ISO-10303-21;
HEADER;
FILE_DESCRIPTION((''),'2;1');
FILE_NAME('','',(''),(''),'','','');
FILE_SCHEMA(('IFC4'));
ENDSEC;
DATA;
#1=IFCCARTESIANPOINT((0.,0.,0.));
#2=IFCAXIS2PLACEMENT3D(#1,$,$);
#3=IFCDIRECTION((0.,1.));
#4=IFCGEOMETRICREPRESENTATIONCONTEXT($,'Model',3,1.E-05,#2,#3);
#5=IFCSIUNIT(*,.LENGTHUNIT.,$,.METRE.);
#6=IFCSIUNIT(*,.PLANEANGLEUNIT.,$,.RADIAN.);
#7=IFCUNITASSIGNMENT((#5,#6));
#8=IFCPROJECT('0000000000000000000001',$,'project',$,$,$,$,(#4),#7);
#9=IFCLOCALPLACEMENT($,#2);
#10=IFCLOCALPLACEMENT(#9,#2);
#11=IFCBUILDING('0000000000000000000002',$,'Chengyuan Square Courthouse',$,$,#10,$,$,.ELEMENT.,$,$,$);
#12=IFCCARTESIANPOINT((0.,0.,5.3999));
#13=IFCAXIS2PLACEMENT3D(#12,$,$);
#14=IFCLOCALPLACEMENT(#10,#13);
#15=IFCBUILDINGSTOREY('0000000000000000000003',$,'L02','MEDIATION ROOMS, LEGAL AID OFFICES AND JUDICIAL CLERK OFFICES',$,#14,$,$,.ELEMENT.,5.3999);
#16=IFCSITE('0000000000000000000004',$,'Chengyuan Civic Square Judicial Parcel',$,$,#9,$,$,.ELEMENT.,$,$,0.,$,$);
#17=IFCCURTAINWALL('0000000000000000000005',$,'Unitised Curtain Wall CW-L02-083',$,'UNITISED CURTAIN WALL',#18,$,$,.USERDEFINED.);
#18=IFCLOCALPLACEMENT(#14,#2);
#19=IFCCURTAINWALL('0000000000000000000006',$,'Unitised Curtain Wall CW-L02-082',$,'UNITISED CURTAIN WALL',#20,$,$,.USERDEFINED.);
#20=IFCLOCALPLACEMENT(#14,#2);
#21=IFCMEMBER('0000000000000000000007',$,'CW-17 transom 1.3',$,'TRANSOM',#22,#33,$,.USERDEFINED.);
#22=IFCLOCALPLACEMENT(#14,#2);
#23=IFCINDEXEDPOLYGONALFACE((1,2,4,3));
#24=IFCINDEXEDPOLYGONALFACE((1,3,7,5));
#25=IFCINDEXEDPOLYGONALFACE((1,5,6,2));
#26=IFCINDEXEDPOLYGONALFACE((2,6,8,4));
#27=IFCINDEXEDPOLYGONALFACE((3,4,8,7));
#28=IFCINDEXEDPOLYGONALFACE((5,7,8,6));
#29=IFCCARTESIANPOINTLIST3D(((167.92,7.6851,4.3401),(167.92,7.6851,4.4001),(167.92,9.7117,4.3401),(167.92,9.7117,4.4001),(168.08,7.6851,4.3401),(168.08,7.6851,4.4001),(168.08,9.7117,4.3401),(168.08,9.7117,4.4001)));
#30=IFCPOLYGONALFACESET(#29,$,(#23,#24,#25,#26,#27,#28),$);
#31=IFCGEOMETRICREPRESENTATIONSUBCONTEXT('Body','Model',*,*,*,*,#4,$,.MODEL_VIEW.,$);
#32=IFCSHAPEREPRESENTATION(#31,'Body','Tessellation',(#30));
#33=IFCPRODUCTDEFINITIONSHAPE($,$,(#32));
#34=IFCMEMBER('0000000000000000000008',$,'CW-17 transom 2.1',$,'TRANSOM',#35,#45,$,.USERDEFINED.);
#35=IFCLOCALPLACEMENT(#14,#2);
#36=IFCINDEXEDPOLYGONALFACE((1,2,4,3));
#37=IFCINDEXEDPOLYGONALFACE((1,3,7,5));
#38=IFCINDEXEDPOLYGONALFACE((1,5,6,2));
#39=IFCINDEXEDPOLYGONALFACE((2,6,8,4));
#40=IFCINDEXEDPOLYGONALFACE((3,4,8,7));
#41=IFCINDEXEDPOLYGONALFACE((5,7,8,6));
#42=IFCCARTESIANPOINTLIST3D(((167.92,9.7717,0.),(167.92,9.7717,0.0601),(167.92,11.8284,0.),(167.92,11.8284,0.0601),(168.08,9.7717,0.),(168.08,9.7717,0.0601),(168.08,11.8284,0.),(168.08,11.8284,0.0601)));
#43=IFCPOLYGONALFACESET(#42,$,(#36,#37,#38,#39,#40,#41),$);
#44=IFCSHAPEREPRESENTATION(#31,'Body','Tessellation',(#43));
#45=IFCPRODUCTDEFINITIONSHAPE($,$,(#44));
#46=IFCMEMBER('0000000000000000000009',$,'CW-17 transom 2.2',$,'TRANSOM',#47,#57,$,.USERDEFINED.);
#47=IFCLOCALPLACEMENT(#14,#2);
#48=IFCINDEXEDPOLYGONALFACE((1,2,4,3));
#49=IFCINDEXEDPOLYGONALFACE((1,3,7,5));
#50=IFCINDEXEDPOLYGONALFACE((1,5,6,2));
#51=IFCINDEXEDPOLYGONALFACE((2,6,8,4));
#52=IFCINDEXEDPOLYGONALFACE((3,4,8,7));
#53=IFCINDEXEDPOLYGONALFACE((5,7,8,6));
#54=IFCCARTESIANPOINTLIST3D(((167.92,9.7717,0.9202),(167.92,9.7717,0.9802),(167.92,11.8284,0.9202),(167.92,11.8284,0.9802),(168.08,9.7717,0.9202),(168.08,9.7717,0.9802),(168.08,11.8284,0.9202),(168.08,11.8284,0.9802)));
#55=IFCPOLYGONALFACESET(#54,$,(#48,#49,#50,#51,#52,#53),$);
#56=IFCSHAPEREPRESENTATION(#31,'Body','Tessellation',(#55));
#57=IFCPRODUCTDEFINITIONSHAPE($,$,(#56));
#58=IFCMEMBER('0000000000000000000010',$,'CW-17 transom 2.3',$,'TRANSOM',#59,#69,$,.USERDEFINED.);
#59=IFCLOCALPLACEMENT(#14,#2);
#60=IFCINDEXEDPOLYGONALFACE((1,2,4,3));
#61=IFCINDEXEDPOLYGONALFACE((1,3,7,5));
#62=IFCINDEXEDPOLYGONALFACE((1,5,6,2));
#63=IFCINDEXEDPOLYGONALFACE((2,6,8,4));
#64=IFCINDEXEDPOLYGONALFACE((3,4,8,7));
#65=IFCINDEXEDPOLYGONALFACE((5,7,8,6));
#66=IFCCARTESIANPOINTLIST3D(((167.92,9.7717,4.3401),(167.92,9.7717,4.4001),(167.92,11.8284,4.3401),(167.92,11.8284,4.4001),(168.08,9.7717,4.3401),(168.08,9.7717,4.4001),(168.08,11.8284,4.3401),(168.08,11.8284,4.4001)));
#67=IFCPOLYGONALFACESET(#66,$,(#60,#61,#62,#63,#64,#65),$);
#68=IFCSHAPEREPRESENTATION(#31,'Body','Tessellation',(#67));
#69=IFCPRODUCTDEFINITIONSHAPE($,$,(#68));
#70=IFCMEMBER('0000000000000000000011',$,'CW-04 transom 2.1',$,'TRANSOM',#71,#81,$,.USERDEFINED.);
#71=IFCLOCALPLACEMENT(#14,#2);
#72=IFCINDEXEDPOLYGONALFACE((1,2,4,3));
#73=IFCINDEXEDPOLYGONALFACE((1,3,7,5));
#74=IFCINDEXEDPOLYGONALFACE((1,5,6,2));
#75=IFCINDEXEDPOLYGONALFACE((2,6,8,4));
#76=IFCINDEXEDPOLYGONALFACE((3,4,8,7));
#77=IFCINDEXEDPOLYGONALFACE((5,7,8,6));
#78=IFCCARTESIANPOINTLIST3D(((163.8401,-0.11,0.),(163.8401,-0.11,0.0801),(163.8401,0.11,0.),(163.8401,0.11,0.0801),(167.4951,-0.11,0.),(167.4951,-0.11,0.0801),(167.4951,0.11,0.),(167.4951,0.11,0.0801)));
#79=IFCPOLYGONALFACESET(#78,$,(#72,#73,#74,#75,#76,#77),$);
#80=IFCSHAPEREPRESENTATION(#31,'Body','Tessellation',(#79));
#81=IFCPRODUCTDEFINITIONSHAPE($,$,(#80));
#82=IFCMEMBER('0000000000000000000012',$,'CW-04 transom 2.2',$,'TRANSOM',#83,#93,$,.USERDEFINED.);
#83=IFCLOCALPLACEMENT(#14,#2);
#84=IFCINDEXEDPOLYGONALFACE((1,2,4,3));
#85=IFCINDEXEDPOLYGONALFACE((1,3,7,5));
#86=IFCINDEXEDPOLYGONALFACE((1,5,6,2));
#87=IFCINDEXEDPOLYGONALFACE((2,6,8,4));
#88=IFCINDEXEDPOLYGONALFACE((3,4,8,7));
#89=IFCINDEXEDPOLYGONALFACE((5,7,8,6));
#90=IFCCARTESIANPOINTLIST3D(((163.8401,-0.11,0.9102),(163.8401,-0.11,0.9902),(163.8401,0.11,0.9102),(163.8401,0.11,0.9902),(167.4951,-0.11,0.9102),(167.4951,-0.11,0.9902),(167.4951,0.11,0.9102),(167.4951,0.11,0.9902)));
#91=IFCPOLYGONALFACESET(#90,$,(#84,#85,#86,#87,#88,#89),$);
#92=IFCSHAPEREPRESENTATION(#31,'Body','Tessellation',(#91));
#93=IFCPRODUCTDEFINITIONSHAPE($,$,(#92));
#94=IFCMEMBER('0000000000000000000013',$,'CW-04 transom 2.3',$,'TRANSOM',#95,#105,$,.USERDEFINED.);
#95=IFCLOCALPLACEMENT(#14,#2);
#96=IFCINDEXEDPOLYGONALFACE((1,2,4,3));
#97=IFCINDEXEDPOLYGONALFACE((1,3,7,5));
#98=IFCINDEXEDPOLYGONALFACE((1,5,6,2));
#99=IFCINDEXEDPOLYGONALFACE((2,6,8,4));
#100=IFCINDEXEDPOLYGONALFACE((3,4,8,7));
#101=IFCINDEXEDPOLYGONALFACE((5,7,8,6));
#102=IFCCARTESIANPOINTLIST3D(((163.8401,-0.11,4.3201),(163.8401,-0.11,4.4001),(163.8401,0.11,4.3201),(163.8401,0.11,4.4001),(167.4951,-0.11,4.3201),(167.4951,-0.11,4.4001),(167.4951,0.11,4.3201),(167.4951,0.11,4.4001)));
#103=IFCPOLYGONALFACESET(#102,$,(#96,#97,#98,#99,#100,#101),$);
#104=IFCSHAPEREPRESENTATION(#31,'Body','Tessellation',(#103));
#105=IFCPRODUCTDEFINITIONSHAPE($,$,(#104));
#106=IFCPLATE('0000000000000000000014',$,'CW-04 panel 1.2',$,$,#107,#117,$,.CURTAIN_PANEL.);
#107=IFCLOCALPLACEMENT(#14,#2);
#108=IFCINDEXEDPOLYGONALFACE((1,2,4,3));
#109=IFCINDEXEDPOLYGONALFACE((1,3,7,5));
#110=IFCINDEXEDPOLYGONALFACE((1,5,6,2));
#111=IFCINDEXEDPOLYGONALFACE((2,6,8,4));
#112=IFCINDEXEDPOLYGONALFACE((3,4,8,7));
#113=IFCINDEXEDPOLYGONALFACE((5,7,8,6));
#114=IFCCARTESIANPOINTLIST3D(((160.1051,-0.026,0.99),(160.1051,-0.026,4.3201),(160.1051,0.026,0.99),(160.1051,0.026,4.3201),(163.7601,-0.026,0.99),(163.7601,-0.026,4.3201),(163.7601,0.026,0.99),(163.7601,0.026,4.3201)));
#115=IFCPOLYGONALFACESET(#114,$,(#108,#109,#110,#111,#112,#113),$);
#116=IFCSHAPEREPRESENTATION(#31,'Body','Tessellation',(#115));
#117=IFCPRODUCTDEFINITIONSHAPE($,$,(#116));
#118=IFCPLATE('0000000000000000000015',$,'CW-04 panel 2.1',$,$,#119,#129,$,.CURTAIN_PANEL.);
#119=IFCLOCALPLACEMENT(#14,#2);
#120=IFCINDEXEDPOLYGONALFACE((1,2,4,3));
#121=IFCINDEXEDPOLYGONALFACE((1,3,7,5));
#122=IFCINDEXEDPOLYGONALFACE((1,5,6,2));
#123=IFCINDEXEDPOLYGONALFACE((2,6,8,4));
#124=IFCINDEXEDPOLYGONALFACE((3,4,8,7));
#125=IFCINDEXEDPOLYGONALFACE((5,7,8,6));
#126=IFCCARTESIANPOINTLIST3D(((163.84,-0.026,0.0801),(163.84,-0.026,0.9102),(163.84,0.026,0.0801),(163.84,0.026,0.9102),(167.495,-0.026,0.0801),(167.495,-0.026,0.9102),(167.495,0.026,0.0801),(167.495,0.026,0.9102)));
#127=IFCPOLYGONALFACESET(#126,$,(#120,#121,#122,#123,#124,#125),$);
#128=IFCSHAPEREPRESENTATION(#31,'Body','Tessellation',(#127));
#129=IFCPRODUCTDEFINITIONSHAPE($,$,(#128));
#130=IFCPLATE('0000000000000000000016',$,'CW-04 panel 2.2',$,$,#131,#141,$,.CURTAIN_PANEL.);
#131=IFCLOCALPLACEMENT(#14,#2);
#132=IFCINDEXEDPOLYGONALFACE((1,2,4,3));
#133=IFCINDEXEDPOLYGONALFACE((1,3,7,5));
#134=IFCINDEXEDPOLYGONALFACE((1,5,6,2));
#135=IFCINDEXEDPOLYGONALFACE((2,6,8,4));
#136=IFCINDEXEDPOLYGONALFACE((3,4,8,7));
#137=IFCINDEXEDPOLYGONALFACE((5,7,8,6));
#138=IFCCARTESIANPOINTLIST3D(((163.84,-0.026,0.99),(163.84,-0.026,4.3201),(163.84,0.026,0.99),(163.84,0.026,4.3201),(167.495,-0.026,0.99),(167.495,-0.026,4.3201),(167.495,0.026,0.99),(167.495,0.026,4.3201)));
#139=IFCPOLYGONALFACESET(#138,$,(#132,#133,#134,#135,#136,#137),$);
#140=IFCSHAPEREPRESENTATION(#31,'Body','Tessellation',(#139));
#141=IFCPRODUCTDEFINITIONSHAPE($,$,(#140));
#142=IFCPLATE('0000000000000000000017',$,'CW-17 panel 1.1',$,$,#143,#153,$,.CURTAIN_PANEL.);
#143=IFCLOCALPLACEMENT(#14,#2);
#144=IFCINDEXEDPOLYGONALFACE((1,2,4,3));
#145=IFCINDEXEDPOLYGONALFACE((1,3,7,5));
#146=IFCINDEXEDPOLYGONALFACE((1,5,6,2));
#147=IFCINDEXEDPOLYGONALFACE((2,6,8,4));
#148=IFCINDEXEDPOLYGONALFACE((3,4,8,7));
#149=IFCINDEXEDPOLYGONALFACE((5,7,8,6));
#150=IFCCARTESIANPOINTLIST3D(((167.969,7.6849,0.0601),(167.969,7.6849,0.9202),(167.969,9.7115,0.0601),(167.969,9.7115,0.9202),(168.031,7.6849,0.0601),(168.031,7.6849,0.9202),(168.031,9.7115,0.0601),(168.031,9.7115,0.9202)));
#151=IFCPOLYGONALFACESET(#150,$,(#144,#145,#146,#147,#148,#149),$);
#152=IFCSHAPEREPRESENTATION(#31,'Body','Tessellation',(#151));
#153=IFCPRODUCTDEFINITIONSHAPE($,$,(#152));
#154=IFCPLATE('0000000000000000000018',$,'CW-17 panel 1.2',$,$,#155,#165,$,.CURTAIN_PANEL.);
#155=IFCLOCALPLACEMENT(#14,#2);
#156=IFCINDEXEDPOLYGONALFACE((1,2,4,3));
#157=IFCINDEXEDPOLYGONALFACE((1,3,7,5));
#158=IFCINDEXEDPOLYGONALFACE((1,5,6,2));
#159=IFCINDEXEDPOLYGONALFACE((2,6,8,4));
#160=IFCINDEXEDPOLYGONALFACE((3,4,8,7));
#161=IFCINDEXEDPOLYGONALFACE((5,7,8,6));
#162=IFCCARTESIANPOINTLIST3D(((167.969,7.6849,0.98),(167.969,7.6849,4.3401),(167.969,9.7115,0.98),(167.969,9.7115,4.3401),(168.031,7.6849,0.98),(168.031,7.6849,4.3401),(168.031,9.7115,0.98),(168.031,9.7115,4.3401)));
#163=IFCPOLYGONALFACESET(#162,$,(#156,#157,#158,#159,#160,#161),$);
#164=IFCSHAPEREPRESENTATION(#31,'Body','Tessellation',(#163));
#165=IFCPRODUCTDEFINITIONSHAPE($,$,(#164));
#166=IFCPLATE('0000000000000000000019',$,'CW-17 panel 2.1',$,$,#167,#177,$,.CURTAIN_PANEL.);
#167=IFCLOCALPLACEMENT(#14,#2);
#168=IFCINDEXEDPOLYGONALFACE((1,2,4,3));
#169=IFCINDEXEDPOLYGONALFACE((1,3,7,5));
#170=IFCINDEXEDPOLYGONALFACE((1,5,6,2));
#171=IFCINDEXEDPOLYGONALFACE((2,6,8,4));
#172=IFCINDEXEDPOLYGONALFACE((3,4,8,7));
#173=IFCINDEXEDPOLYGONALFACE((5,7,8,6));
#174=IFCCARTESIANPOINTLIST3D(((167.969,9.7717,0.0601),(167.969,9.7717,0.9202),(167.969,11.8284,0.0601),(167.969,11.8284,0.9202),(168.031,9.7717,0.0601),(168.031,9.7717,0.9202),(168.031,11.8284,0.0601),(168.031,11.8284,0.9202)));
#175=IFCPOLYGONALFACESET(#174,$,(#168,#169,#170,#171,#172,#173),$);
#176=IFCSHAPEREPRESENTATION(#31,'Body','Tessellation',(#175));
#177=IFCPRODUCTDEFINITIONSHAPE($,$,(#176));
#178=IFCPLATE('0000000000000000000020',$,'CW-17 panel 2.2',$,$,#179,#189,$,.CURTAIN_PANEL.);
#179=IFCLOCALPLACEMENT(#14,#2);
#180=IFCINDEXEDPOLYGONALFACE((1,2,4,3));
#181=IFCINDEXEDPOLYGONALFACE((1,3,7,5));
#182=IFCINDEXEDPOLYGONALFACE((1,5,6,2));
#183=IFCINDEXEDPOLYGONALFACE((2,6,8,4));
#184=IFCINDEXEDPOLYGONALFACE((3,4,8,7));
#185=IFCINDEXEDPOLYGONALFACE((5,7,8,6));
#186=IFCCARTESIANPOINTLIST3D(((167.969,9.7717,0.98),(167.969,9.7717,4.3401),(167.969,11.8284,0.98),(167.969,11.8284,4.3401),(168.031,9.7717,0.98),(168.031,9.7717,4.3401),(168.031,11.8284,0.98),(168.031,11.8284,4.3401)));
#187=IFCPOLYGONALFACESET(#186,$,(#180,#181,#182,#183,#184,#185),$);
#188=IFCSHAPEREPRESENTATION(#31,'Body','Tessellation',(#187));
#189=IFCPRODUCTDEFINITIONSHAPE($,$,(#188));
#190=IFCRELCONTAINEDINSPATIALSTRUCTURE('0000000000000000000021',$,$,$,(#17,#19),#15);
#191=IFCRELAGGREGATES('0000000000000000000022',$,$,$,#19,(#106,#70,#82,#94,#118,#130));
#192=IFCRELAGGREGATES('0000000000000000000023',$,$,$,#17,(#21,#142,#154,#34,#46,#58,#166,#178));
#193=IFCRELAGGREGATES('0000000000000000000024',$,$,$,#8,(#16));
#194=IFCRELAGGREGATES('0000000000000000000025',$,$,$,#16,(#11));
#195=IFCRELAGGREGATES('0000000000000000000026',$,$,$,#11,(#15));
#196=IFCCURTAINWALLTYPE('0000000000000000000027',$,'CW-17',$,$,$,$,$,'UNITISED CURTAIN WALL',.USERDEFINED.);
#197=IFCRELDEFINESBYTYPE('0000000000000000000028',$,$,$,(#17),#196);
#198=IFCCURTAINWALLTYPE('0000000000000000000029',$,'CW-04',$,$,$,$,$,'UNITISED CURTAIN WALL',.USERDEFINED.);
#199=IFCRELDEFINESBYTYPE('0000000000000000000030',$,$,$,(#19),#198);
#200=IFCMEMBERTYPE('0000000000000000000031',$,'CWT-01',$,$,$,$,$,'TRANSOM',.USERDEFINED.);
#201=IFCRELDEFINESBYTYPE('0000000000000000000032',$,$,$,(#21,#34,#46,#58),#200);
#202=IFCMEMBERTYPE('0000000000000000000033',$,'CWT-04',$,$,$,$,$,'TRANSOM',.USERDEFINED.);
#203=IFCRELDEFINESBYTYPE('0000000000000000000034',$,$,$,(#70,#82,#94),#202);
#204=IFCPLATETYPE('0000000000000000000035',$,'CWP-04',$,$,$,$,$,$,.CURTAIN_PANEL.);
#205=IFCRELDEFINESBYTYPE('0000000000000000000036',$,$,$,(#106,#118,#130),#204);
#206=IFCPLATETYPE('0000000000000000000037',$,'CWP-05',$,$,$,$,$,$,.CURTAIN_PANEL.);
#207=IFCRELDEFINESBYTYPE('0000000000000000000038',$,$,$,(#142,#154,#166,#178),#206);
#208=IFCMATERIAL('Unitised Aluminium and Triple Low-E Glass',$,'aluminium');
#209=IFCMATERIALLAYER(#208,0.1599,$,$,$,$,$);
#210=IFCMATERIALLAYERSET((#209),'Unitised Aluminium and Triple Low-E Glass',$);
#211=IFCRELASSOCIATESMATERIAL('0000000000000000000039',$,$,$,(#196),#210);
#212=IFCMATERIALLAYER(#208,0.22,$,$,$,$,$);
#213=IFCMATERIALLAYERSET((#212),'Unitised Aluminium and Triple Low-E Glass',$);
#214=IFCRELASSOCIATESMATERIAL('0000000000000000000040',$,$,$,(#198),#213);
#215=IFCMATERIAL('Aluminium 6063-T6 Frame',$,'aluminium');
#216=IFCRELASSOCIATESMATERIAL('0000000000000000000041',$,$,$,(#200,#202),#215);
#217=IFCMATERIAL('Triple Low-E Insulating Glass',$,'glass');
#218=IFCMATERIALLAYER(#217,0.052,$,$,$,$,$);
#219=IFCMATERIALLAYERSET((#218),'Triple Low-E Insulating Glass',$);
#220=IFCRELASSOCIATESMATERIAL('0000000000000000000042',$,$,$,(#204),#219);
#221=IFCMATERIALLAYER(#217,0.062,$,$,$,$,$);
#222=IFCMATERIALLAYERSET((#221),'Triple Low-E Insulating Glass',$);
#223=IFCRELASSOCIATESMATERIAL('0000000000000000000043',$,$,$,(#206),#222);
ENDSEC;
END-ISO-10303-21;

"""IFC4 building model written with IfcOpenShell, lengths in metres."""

from ifc_helpers import new_model, si_unit, direction, frame, origin, origin_2d, place, context, subcontext, project, spatial, rectangle, extrude, material, layer, layer_set, material_profile, profile_set, type_object, element, aggregate, save


model = new_model("IFC4")

# Units and contexts
model_context = context("Model", 3, precision=1e-05, world=origin(), true_north=direction((0.0, 1.0)))
body_context = subcontext(model_context, "Body", "Model", "MODEL_VIEW")
ifc_project = project(units=[si_unit("LENGTHUNIT", "METRE"), si_unit("PLANEANGLEUNIT", "RADIAN")], contexts=[model_context])

# Site, building, storey
site_placement = place(None, origin())
site = spatial("IfcSite", under=ifc_project, at=site_placement, Name="Chengyuan Civic Square Judicial Parcel", CompositionType="ELEMENT", RefElevation=0.0)
building_placement = place(site_placement, origin())
building = spatial("IfcBuilding", under=site, at=building_placement, Name="Chengyuan Square Courthouse", CompositionType="ELEMENT")
storey_placement = place(building_placement, frame((0.0, 0.0, 5.3999)))
storey = spatial("IfcBuildingStorey", under=building, at=storey_placement, Name="L02", Description="MEDIATION ROOMS, LEGAL AID OFFICES AND JUDICIAL CLERK OFFICES", CompositionType="ELEMENT", Elevation=5.3999)

# Curtain walls
ifc_material_1 = material(Name="Unitised Aluminium and Triple Low-E Glass", Category="aluminium")
ifc_layer_1 = layer(ifc_material_1, 0.1599)
ifc_layer_set_1 = layer_set([ifc_layer_1], Name="Unitised Aluminium and Triple Low-E Glass")
curtain_wall_type_1 = type_object("IfcCurtainWallType", Name="CW-17", ElementType="UNITISED CURTAIN WALL", PredefinedType="USERDEFINED", material=ifc_layer_set_1)
curtain_wall_1_placement = place(storey_placement, origin())
curtain_wall_1 = element("IfcCurtainWall", 1, at=curtain_wall_1_placement, inside=storey, type_object=curtain_wall_type_1, Name="Unitised Curtain Wall CW-L02-083", ObjectType="UNITISED CURTAIN WALL", PredefinedType="USERDEFINED")
ifc_material_2 = material(Name="Aluminium 6063-T6 Frame", Category="aluminium")
ifc_layer_2 = layer(ifc_material_1, 0.22)
ifc_layer_set_2 = layer_set([ifc_layer_2], Name="Unitised Aluminium and Triple Low-E Glass")
curtain_wall_type_2 = type_object("IfcCurtainWallType", Name="CW-04", ElementType="UNITISED CURTAIN WALL", PredefinedType="USERDEFINED", material=ifc_layer_set_2)
curtain_wall_2_placement = place(storey_placement, origin())
curtain_wall_2 = element("IfcCurtainWall", 2, at=curtain_wall_2_placement, inside=storey, type_object=curtain_wall_type_2, Name="Unitised Curtain Wall CW-L02-082", ObjectType="UNITISED CURTAIN WALL", PredefinedType="USERDEFINED")

# Members
ifc_material_profile_1 = material_profile(ifc_material_2, rectangle(XDim=0.1599, YDim=0.0601, at=origin_2d()), Name="CW-TRN-60x120")
ifc_profile_set_1 = profile_set([ifc_material_profile_1], Name="Aluminium 6063-T6 Frame")
member_type_1 = type_object("IfcMemberType", Name="CWT-01", ElementType="TRANSOM", PredefinedType="USERDEFINED", material=ifc_profile_set_1)
member_1_placement = place(storey_placement, frame((168.0, 7.6851, 4.3701), z_axis=(0.0, 1.0, 0.0), x_axis=(-1.0, 0.0, 0.0)))
member_1 = element("IfcMember", 3, at=member_1_placement, type_object=member_type_1, Name="CW-17 transom 1.3", ObjectType="TRANSOM", PredefinedType="USERDEFINED", context=body_context, shape_type="SweptSolid", body=[
    extrude(rectangle(XDim=0.1599, YDim=0.0601, at=origin_2d()), origin(), (0.0, 0.0, 1.0), 2.0266),
])
member_2_placement = place(storey_placement, frame((168.0, 9.7717, 0.03), z_axis=(0.0, 1.0, 0.0), x_axis=(-1.0, 0.0, 0.0)))
member_2 = element("IfcMember", 4, at=member_2_placement, type_object=member_type_1, Name="CW-17 transom 2.1", ObjectType="TRANSOM", PredefinedType="USERDEFINED", context=body_context, shape_type="SweptSolid", body=[
    extrude(rectangle(XDim=0.1599, YDim=0.0601, at=origin_2d()), origin(), (0.0, 0.0, 1.0), 2.0566),
])
member_3_placement = place(storey_placement, frame((168.0, 9.7717, 0.9502), z_axis=(0.0, 1.0, 0.0), x_axis=(-1.0, 0.0, 0.0)))
member_3 = element("IfcMember", 5, at=member_3_placement, type_object=member_type_1, Name="CW-17 transom 2.2", ObjectType="TRANSOM", PredefinedType="USERDEFINED", context=body_context, shape_type="SweptSolid", body=[
    extrude(rectangle(XDim=0.1599, YDim=0.0601, at=origin_2d()), origin(), (0.0, 0.0, 1.0), 2.0566),
])
member_4_placement = place(storey_placement, frame((168.0, 9.7717, 4.3701), z_axis=(0.0, 1.0, 0.0), x_axis=(-1.0, 0.0, 0.0)))
member_4 = element("IfcMember", 6, at=member_4_placement, type_object=member_type_1, Name="CW-17 transom 2.3", ObjectType="TRANSOM", PredefinedType="USERDEFINED", context=body_context, shape_type="SweptSolid", body=[
    extrude(rectangle(XDim=0.1599, YDim=0.0601, at=origin_2d()), origin(), (0.0, 0.0, 1.0), 2.0566),
])
ifc_material_profile_2 = material_profile(ifc_material_2, rectangle(XDim=0.22, YDim=0.0801, at=origin_2d()), Name="CW-TRN-80x180")
ifc_profile_set_2 = profile_set([ifc_material_profile_2], Name="Aluminium 6063-T6 Frame")
member_type_2 = type_object("IfcMemberType", Name="CWT-04", ElementType="TRANSOM", PredefinedType="USERDEFINED", material=ifc_profile_set_2)
member_5_placement = place(storey_placement, frame((163.8401, 0.0, 0.04), z_axis=(1.0, 0.0, 0.0), x_axis=(0.0, 1.0, 0.0)))
member_5 = element("IfcMember", 7, at=member_5_placement, type_object=member_type_2, Name="CW-04 transom 2.1", ObjectType="TRANSOM", PredefinedType="USERDEFINED", context=body_context, shape_type="SweptSolid", body=[
    extrude(rectangle(XDim=0.22, YDim=0.0801, at=origin_2d()), origin(), (0.0, 0.0, 1.0), 3.655),
])
member_6_placement = place(storey_placement, frame((163.8401, 0.0, 0.9502), z_axis=(1.0, 0.0, 0.0), x_axis=(0.0, 1.0, 0.0)))
member_6 = element("IfcMember", 8, at=member_6_placement, type_object=member_type_2, Name="CW-04 transom 2.2", ObjectType="TRANSOM", PredefinedType="USERDEFINED", context=body_context, shape_type="SweptSolid", body=[
    extrude(rectangle(XDim=0.22, YDim=0.0801, at=origin_2d()), origin(), (0.0, 0.0, 1.0), 3.655),
])
member_7_placement = place(storey_placement, frame((163.8401, 0.0, 4.3601), z_axis=(1.0, 0.0, 0.0), x_axis=(0.0, 1.0, 0.0)))
member_7 = element("IfcMember", 9, at=member_7_placement, type_object=member_type_2, Name="CW-04 transom 2.3", ObjectType="TRANSOM", PredefinedType="USERDEFINED", context=body_context, shape_type="SweptSolid", body=[
    extrude(rectangle(XDim=0.22, YDim=0.0801, at=origin_2d()), origin(), (0.0, 0.0, 1.0), 3.655),
])

# Plates
ifc_material_3 = material(Name="Triple Low-E Insulating Glass", Category="glass")
ifc_layer_3 = layer(ifc_material_3, 0.052)
ifc_layer_set_3 = layer_set([ifc_layer_3], Name="Triple Low-E Insulating Glass")
plate_type_1 = type_object("IfcPlateType", Name="CWP-04", PredefinedType="CURTAIN_PANEL", material=ifc_layer_set_3)
plate_1_placement = place(storey_placement, frame((161.9326, 0.0, 0.99), z_axis=(0.0, 0.0, 1.0), x_axis=(1.0, 0.0, 0.0)))
plate_1 = element("IfcPlate", 10, at=plate_1_placement, type_object=plate_type_1, Name="CW-04 panel 1.2", PredefinedType="CURTAIN_PANEL", context=body_context, shape_type="SweptSolid", body=[
    extrude(rectangle(XDim=3.655, YDim=0.052, at=origin_2d()), origin(), (0.0, 0.0, 1.0), 3.3301),
])
plate_2_placement = place(storey_placement, frame((165.6675, 0.0, 0.0801), z_axis=(0.0, 0.0, 1.0), x_axis=(1.0, 0.0, 0.0)))
plate_2 = element("IfcPlate", 11, at=plate_2_placement, type_object=plate_type_1, Name="CW-04 panel 2.1", PredefinedType="CURTAIN_PANEL", context=body_context, shape_type="SweptSolid", body=[
    extrude(rectangle(XDim=3.655, YDim=0.052, at=origin_2d()), origin(), (0.0, 0.0, 1.0), 0.8301),
])
plate_3_placement = place(storey_placement, frame((165.6675, 0.0, 0.99), z_axis=(0.0, 0.0, 1.0), x_axis=(1.0, 0.0, 0.0)))
plate_3 = element("IfcPlate", 12, at=plate_3_placement, type_object=plate_type_1, Name="CW-04 panel 2.2", PredefinedType="CURTAIN_PANEL", context=body_context, shape_type="SweptSolid", body=[
    extrude(rectangle(XDim=3.655, YDim=0.052, at=origin_2d()), origin(), (0.0, 0.0, 1.0), 3.3301),
])
aggregate(curtain_wall_2, [plate_1, member_5, member_6, member_7, plate_2, plate_3])
ifc_layer_4 = layer(ifc_material_3, 0.062)
ifc_layer_set_4 = layer_set([ifc_layer_4], Name="Triple Low-E Insulating Glass")
plate_type_2 = type_object("IfcPlateType", Name="CWP-05", PredefinedType="CURTAIN_PANEL", material=ifc_layer_set_4)
plate_4_placement = place(storey_placement, frame((168.0, 8.6982, 0.0601), z_axis=(0.0, 0.0, 1.0), x_axis=(0.0, 1.0, 0.0)))
plate_4 = element("IfcPlate", 13, at=plate_4_placement, type_object=plate_type_2, Name="CW-17 panel 1.1", PredefinedType="CURTAIN_PANEL", context=body_context, shape_type="SweptSolid", body=[
    extrude(rectangle(XDim=2.0266, YDim=0.062, at=origin_2d()), origin(), (0.0, 0.0, 1.0), 0.8601),
])
plate_5_placement = place(storey_placement, frame((168.0, 8.6982, 0.98), z_axis=(0.0, 0.0, 1.0), x_axis=(0.0, 1.0, 0.0)))
plate_5 = element("IfcPlate", 14, at=plate_5_placement, type_object=plate_type_2, Name="CW-17 panel 1.2", PredefinedType="CURTAIN_PANEL", context=body_context, shape_type="SweptSolid", body=[
    extrude(rectangle(XDim=2.0266, YDim=0.062, at=origin_2d()), origin(), (0.0, 0.0, 1.0), 3.3601),
])
plate_6_placement = place(storey_placement, frame((168.0, 10.8, 0.0601), z_axis=(0.0, 0.0, 1.0), x_axis=(0.0, 1.0, 0.0)))
plate_6 = element("IfcPlate", 15, at=plate_6_placement, type_object=plate_type_2, Name="CW-17 panel 2.1", PredefinedType="CURTAIN_PANEL", context=body_context, shape_type="SweptSolid", body=[
    extrude(rectangle(XDim=2.0566, YDim=0.062, at=origin_2d()), origin(), (0.0, 0.0, 1.0), 0.8601),
])
plate_7_placement = place(storey_placement, frame((168.0, 10.8, 0.98), z_axis=(0.0, 0.0, 1.0), x_axis=(0.0, 1.0, 0.0)))
plate_7 = element("IfcPlate", 16, at=plate_7_placement, type_object=plate_type_2, Name="CW-17 panel 2.2", PredefinedType="CURTAIN_PANEL", context=body_context, shape_type="SweptSolid", body=[
    extrude(rectangle(XDim=2.0566, YDim=0.062, at=origin_2d()), origin(), (0.0, 0.0, 1.0), 3.3601),
])
aggregate(curtain_wall_1, [member_1, plate_4, plate_5, member_2, member_3, member_4, plate_6, plate_7])

save(model, "model.ifc")
